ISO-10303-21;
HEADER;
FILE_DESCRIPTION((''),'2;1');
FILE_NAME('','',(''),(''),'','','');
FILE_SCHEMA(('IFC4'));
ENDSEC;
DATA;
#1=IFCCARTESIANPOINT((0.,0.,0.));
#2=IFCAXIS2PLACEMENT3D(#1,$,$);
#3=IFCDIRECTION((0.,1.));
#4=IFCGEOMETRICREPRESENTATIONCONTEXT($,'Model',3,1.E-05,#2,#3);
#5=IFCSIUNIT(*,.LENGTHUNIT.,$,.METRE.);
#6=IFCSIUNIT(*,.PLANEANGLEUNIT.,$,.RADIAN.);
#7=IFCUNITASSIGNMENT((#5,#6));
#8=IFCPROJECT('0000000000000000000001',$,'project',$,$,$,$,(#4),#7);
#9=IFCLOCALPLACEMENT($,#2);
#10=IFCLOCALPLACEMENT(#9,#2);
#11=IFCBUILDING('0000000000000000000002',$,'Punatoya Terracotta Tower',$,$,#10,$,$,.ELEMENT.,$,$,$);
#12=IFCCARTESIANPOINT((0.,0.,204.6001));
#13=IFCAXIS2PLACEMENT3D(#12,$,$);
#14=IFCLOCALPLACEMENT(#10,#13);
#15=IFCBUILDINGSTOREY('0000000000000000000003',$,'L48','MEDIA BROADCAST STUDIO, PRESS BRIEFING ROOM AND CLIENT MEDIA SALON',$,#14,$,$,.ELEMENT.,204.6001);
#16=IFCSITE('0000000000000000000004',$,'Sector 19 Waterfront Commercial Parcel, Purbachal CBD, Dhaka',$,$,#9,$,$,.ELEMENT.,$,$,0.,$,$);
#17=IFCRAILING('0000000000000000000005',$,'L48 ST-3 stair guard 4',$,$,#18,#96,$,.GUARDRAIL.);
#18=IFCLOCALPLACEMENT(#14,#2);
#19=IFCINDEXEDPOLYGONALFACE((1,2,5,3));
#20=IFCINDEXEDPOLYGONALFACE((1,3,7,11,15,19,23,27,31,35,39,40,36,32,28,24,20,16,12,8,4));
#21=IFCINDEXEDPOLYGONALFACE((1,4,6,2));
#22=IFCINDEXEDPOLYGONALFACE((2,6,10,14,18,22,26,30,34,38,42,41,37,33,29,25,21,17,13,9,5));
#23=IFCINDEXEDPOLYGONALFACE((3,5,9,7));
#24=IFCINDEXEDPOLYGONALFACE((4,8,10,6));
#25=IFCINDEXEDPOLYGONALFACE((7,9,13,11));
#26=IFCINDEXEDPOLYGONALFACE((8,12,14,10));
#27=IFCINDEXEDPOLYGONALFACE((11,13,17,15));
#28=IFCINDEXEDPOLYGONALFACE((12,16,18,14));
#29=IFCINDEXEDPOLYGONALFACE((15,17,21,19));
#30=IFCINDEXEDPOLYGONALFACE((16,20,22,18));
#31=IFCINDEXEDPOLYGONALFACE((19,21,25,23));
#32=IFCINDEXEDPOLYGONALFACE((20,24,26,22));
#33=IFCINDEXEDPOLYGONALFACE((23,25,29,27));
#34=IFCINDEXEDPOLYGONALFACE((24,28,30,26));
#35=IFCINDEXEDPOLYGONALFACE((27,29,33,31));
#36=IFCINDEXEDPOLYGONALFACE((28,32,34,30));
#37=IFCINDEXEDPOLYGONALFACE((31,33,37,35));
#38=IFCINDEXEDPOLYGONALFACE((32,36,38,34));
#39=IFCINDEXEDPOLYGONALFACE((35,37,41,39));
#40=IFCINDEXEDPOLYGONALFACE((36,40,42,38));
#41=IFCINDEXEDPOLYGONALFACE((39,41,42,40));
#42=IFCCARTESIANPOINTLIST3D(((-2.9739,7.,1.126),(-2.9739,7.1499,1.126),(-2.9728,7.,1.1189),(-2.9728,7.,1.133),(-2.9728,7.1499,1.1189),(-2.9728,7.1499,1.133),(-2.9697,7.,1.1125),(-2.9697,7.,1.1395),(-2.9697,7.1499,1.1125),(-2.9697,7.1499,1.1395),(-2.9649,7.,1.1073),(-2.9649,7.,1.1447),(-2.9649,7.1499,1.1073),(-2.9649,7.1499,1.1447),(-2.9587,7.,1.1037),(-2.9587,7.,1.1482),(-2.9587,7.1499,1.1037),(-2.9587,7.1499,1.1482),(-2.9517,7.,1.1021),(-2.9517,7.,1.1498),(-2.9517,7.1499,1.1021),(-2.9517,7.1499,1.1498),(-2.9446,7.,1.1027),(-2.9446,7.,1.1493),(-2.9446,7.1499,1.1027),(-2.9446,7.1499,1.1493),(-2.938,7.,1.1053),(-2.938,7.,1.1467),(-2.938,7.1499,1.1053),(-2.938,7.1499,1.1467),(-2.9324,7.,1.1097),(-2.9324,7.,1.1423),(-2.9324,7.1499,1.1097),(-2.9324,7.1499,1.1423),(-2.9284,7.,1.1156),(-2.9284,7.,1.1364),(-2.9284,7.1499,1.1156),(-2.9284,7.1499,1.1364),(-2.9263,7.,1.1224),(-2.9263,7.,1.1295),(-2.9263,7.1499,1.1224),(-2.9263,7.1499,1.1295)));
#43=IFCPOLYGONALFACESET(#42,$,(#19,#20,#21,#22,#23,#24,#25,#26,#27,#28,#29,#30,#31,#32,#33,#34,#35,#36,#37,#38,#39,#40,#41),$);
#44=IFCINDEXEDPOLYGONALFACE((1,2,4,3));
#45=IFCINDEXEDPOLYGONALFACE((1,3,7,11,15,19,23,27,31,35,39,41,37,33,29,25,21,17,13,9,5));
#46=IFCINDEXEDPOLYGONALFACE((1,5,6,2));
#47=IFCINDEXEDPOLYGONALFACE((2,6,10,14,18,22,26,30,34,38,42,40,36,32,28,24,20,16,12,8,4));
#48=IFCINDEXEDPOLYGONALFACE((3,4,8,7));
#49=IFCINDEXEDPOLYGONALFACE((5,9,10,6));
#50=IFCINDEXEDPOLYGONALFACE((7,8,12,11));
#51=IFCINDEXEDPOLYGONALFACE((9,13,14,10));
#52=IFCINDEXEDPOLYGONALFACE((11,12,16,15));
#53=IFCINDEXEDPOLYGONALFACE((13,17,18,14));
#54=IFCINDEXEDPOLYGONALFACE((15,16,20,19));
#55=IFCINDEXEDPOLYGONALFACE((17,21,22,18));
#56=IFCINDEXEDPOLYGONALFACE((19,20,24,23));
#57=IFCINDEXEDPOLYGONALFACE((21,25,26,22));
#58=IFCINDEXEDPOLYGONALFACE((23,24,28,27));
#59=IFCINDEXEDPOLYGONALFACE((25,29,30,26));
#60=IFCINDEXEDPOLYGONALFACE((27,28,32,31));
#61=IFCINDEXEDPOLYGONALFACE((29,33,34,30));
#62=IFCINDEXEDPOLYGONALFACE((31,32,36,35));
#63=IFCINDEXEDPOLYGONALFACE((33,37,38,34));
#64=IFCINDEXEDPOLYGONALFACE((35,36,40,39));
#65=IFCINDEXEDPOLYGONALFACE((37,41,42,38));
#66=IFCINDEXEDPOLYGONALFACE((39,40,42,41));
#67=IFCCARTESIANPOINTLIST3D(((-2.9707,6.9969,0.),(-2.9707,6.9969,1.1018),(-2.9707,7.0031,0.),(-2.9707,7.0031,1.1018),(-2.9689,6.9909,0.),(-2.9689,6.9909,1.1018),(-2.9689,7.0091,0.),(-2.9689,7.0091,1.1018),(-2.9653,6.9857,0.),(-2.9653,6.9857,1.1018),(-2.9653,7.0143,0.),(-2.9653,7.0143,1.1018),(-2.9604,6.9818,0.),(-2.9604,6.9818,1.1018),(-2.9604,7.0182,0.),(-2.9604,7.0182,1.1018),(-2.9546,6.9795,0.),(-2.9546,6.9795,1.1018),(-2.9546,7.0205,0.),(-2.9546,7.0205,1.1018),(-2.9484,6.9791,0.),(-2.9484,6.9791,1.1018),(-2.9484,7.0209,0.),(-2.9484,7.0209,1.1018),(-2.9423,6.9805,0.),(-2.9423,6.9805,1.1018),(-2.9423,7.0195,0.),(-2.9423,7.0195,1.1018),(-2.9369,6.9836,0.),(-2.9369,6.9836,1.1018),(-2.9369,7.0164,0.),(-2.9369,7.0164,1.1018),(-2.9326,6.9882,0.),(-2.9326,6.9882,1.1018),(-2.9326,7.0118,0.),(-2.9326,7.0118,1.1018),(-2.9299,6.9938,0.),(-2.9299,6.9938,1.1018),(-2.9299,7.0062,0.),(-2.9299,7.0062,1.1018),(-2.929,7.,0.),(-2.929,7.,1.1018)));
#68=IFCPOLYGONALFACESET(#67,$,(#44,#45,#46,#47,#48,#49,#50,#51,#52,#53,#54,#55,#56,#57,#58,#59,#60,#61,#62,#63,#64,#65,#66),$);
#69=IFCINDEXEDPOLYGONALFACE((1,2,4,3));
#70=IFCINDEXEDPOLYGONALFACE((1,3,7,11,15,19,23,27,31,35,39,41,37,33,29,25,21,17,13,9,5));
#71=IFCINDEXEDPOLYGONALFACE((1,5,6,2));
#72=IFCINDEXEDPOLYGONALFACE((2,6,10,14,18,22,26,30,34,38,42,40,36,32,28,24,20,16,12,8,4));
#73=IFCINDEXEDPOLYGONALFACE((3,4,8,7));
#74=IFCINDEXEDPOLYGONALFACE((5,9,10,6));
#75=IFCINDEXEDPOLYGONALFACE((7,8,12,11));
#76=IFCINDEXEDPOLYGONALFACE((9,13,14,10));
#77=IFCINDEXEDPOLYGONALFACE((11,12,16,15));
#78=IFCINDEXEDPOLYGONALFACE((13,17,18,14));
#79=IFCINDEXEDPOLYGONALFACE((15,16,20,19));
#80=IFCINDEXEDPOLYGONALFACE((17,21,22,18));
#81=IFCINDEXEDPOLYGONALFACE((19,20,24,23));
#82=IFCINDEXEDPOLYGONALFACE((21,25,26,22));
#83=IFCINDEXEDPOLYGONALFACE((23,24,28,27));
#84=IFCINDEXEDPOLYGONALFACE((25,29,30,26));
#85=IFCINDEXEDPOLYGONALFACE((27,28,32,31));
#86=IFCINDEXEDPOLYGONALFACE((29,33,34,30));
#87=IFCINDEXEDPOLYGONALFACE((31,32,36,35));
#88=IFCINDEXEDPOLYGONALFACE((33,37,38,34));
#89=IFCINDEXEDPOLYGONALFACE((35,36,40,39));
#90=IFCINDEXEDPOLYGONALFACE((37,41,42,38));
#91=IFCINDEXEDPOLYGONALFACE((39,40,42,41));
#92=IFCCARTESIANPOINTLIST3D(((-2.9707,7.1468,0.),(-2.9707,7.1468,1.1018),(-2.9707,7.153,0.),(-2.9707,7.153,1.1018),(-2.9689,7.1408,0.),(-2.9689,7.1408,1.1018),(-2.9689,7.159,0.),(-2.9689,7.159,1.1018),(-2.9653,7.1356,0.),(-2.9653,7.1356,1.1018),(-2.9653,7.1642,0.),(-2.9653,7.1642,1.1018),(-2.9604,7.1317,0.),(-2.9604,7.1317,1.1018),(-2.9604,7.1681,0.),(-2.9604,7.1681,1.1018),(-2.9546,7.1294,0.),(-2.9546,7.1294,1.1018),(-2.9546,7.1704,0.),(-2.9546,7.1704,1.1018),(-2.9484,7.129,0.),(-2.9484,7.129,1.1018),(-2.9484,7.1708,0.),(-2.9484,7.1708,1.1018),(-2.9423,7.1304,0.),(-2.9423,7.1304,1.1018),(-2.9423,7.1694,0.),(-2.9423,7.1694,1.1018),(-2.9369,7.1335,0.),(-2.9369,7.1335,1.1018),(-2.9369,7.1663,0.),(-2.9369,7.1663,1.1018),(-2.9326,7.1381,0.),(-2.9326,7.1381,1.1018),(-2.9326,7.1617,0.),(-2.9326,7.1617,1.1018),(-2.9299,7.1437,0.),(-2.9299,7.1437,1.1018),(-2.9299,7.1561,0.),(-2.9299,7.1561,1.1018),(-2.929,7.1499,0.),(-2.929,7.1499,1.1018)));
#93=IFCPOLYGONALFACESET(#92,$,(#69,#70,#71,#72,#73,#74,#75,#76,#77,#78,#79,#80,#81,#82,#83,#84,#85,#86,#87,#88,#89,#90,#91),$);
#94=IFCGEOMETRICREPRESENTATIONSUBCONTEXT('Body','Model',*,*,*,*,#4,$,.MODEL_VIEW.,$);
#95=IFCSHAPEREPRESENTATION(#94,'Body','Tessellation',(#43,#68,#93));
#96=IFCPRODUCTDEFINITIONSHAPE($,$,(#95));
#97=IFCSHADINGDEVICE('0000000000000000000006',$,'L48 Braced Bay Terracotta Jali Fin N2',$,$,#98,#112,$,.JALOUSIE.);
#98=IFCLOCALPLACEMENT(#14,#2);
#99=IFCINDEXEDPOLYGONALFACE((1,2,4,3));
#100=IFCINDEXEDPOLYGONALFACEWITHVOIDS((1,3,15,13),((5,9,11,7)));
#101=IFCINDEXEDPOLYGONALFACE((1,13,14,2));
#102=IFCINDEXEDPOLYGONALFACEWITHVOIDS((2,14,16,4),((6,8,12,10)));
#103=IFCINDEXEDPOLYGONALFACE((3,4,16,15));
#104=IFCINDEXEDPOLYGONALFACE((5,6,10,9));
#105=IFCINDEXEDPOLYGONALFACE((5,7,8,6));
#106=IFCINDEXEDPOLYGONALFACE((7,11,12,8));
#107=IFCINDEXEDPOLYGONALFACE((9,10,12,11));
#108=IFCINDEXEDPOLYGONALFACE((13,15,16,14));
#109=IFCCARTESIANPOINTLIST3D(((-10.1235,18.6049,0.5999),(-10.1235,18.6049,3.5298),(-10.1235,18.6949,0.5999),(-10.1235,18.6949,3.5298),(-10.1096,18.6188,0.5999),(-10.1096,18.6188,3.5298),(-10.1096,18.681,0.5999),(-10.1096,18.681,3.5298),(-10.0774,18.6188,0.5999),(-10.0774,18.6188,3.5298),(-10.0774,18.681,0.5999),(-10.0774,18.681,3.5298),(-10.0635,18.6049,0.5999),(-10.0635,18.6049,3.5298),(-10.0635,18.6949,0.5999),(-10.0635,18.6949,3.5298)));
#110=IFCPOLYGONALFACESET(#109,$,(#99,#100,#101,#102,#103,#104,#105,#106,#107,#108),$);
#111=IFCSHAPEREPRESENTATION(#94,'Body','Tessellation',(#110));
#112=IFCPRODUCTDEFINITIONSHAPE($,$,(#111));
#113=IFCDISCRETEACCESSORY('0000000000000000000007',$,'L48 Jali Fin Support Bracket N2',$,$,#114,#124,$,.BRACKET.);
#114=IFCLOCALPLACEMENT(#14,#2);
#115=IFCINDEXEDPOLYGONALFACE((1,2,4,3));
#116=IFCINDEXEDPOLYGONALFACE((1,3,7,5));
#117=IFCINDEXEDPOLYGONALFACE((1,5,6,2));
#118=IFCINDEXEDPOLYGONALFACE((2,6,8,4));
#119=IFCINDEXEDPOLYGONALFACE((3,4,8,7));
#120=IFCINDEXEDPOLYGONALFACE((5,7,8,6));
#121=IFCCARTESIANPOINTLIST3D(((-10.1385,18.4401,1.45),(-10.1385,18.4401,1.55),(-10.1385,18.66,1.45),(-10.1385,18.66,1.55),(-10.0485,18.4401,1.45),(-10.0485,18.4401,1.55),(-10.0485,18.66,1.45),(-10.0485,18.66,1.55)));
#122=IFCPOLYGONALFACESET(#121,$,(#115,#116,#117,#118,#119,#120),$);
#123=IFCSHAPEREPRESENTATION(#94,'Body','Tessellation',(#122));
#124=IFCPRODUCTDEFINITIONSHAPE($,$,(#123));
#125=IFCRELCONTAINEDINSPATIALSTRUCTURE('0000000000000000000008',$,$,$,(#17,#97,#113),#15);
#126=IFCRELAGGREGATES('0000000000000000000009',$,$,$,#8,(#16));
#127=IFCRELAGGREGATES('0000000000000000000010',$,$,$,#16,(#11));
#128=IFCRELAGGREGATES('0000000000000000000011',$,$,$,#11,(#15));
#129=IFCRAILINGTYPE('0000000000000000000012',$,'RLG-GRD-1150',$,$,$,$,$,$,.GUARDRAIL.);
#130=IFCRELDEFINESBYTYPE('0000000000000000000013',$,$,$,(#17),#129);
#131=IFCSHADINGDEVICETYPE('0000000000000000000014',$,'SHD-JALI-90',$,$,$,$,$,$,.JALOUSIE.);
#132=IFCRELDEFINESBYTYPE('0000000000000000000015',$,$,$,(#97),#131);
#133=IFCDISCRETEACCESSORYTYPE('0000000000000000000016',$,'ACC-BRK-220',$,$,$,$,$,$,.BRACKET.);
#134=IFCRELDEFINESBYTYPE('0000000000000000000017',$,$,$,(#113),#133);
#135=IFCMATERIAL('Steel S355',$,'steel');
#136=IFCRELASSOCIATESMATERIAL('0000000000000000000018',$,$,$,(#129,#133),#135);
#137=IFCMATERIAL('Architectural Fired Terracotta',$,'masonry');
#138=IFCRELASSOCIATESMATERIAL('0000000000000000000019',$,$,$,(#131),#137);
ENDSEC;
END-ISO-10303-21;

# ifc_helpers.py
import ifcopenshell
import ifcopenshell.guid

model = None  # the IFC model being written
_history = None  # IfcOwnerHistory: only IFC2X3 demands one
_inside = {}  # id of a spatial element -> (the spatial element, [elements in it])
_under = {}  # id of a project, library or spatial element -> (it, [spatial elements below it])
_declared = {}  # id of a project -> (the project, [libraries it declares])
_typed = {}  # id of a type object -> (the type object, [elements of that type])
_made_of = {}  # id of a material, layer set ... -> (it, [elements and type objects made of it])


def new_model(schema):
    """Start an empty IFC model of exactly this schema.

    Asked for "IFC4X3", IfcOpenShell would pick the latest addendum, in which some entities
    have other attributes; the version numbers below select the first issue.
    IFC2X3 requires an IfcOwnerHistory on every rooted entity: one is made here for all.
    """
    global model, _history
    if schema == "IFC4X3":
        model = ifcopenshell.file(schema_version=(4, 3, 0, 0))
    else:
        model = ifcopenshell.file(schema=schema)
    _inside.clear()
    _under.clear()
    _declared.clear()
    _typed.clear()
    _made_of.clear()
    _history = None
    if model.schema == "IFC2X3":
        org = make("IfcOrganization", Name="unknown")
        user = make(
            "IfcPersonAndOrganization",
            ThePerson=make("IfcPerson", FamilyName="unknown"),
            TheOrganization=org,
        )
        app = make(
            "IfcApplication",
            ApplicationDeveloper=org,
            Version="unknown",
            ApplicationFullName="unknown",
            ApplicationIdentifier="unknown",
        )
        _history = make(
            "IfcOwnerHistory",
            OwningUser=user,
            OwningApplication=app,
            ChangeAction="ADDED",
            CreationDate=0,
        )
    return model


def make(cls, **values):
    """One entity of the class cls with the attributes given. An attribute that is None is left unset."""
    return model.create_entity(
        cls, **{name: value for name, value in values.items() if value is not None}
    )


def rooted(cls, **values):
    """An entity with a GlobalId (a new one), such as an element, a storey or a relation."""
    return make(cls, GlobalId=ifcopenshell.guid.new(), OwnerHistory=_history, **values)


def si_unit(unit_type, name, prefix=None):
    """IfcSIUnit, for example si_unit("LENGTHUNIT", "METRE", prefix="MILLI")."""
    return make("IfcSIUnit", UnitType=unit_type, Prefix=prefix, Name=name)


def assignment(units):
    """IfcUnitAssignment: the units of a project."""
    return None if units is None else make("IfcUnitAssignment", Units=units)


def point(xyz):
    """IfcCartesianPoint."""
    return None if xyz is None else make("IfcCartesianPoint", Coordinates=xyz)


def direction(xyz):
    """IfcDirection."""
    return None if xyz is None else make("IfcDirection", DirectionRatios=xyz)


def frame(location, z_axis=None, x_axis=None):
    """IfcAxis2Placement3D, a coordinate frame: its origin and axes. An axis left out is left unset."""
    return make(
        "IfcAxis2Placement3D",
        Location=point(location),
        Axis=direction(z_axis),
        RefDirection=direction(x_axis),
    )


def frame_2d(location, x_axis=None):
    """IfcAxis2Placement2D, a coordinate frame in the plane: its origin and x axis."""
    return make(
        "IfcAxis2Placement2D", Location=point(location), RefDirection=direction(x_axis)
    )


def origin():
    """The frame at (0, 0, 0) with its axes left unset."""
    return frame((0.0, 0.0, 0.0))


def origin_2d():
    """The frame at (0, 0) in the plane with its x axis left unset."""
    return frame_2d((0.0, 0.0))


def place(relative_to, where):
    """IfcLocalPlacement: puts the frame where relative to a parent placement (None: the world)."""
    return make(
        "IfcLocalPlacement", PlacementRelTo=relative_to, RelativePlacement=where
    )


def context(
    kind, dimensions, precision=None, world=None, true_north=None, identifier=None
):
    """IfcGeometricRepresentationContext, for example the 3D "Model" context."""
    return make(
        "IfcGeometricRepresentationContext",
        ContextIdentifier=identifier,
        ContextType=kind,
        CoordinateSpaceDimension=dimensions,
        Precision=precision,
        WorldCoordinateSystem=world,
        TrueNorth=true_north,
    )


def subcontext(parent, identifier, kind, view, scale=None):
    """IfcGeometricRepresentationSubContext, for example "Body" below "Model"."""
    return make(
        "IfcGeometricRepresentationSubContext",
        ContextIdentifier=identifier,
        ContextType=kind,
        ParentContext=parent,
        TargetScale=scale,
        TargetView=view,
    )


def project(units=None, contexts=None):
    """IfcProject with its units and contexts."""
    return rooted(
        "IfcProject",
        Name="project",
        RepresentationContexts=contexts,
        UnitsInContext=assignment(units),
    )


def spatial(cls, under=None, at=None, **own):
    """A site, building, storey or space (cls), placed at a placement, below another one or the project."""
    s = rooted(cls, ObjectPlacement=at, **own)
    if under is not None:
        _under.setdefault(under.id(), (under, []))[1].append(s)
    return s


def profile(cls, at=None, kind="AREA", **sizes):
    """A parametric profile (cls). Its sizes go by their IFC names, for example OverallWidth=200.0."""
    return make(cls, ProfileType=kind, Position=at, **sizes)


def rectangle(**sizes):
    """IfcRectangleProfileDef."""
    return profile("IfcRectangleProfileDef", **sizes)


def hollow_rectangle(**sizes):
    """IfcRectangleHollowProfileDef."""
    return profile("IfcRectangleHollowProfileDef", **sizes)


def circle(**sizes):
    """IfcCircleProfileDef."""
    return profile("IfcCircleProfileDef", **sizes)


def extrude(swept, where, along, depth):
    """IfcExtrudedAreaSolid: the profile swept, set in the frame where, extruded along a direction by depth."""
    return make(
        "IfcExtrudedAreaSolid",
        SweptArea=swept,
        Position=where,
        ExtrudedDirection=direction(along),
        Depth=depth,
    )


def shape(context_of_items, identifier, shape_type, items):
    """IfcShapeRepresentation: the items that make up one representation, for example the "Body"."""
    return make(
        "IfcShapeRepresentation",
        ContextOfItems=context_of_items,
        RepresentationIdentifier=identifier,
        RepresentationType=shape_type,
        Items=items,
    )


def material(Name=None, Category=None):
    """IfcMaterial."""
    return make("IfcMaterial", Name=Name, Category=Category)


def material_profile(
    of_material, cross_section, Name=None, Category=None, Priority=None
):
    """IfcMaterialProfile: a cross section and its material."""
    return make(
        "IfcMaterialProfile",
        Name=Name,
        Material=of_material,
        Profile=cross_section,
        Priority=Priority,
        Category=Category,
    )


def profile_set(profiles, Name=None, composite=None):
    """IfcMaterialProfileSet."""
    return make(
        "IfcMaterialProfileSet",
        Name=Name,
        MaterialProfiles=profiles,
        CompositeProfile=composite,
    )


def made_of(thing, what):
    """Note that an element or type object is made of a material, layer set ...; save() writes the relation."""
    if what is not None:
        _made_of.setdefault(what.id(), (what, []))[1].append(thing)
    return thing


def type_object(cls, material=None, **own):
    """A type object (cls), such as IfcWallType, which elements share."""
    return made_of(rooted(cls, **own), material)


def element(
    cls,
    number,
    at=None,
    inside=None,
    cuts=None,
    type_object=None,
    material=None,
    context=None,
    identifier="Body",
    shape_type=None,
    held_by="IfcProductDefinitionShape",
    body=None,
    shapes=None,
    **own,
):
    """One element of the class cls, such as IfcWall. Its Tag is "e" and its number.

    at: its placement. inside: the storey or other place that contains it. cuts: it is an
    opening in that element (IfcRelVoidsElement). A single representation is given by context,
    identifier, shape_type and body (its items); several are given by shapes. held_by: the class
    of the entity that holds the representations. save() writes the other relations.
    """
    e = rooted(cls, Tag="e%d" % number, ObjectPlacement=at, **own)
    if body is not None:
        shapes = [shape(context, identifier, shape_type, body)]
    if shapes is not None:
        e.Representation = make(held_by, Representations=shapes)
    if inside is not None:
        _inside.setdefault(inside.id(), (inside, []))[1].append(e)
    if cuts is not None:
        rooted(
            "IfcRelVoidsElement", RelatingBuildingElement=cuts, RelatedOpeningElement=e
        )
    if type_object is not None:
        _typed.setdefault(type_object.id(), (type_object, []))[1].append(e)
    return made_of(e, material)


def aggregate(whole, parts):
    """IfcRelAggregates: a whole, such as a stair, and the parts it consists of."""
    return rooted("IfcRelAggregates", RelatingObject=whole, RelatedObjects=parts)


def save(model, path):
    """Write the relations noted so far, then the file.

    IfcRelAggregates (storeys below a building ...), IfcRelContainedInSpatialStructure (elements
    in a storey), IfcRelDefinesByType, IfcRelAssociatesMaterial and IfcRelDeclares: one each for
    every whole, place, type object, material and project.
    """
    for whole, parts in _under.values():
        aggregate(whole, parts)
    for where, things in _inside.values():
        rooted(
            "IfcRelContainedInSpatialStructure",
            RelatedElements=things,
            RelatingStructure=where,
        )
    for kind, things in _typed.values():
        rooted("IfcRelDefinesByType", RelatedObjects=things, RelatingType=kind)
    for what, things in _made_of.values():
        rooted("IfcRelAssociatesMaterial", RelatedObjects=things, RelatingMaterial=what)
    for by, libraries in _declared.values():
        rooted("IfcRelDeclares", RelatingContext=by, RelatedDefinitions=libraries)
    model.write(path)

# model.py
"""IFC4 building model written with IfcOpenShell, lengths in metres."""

from ifc_helpers import new_model, si_unit, direction, frame, origin, origin_2d, place, context, subcontext, project, spatial, rectangle, hollow_rectangle, circle, extrude, material, material_profile, profile_set, type_object, element, save


model = new_model("IFC4")

# Units and contexts
model_context = context("Model", 3, precision=1e-05, world=origin(), true_north=direction((0.0, 1.0)))
body_context = subcontext(model_context, "Body", "Model", "MODEL_VIEW")
ifc_project = project(units=[si_unit("LENGTHUNIT", "METRE"), si_unit("PLANEANGLEUNIT", "RADIAN")], contexts=[model_context])

# Site, building, storey
site_placement = place(None, origin())
site = spatial("IfcSite", under=ifc_project, at=site_placement, Name="Sector 19 Waterfront Commercial Parcel, Purbachal CBD, Dhaka", CompositionType="ELEMENT", RefElevation=0.0)
building_placement = place(site_placement, origin())
building = spatial("IfcBuilding", under=site, at=building_placement, Name="Punatoya Terracotta Tower", CompositionType="ELEMENT")
storey_placement = place(building_placement, frame((0.0, 0.0, 204.6001)))
storey = spatial("IfcBuildingStorey", under=building, at=storey_placement, Name="L48", Description="MEDIA BROADCAST STUDIO, PRESS BRIEFING ROOM AND CLIENT MEDIA SALON", CompositionType="ELEMENT", Elevation=204.6001)

# Shared definitions
ifc_material_1 = material(Name="Steel S355", Category="steel")

# Railing
railing_type = type_object("IfcRailingType", Name="RLG-GRD-1150", PredefinedType="GUARDRAIL", material=ifc_material_1)
railing_1_placement = place(storey_placement, frame((-2.95, 7.0, 0.0)))
element("IfcRailing", 1, at=railing_1_placement, inside=storey, type_object=railing_type, Name="L48 ST-3 stair guard 4", PredefinedType="GUARDRAIL", context=body_context, shape_type="SweptSolid", body=[
    extrude(circle(Radius=0.0239, at=origin_2d()), frame((0.0, 0.0, 1.126), z_axis=(0.0, 1.0, 0.0), x_axis=(-1.0, 0.0, 0.0)), (0.0, 0.0, 1.0), 0.1499),
    extrude(circle(Radius=0.021, at=origin_2d()), origin(), (0.0, 0.0, 1.0), 1.1018),
    extrude(circle(Radius=0.021, at=origin_2d()), frame((0.0, 0.1499, 0.0)), (0.0, 0.0, 1.0), 1.1018),
])

# Shading device
ifc_material_2 = material(Name="Architectural Fired Terracotta", Category="masonry")
ifc_material_profile_1 = material_profile(ifc_material_2, hollow_rectangle(XDim=0.0601, YDim=0.0901, WallThickness=0.0139, at=origin_2d()))
ifc_profile_set_1 = profile_set([ifc_material_profile_1], Name="Architectural Fired Terracotta")
shading_device_type = type_object("IfcShadingDeviceType", Name="SHD-JALI-90", PredefinedType="JALOUSIE", material=ifc_profile_set_1)
shading_device_placement = place(storey_placement, frame((-10.0935, 18.6499, 0.5999), z_axis=(0.0, 0.0, 1.0), x_axis=(1.0, 0.0, 0.0)))
element("IfcShadingDevice", 2, at=shading_device_placement, inside=storey, type_object=shading_device_type, Name="L48 Braced Bay Terracotta Jali Fin N2", PredefinedType="JALOUSIE", context=body_context, shape_type="SweptSolid", body=[
    extrude(hollow_rectangle(XDim=0.0601, YDim=0.0901, WallThickness=0.0139, at=origin_2d()), origin(), (0.0, 0.0, 1.0), 2.9299),
])

# Discrete accessory
discrete_accessory_type = type_object("IfcDiscreteAccessoryType", Name="ACC-BRK-220", PredefinedType="BRACKET", material=ifc_material_1)
discrete_accessory_placement = place(storey_placement, frame((-10.0935, 18.55, 1.45), z_axis=(0.0, 0.0, 1.0), x_axis=(-1.0, 0.0, 0.0)))
element("IfcDiscreteAccessory", 3, at=discrete_accessory_placement, inside=storey, type_object=discrete_accessory_type, Name="L48 Jali Fin Support Bracket N2", PredefinedType="BRACKET", context=body_context, shape_type="SweptSolid", body=[
    extrude(rectangle(XDim=0.0901, YDim=0.22, at=origin_2d()), origin(), (0.0, 0.0, 1.0), 0.1001),
])

save(model, "model.ifc")
